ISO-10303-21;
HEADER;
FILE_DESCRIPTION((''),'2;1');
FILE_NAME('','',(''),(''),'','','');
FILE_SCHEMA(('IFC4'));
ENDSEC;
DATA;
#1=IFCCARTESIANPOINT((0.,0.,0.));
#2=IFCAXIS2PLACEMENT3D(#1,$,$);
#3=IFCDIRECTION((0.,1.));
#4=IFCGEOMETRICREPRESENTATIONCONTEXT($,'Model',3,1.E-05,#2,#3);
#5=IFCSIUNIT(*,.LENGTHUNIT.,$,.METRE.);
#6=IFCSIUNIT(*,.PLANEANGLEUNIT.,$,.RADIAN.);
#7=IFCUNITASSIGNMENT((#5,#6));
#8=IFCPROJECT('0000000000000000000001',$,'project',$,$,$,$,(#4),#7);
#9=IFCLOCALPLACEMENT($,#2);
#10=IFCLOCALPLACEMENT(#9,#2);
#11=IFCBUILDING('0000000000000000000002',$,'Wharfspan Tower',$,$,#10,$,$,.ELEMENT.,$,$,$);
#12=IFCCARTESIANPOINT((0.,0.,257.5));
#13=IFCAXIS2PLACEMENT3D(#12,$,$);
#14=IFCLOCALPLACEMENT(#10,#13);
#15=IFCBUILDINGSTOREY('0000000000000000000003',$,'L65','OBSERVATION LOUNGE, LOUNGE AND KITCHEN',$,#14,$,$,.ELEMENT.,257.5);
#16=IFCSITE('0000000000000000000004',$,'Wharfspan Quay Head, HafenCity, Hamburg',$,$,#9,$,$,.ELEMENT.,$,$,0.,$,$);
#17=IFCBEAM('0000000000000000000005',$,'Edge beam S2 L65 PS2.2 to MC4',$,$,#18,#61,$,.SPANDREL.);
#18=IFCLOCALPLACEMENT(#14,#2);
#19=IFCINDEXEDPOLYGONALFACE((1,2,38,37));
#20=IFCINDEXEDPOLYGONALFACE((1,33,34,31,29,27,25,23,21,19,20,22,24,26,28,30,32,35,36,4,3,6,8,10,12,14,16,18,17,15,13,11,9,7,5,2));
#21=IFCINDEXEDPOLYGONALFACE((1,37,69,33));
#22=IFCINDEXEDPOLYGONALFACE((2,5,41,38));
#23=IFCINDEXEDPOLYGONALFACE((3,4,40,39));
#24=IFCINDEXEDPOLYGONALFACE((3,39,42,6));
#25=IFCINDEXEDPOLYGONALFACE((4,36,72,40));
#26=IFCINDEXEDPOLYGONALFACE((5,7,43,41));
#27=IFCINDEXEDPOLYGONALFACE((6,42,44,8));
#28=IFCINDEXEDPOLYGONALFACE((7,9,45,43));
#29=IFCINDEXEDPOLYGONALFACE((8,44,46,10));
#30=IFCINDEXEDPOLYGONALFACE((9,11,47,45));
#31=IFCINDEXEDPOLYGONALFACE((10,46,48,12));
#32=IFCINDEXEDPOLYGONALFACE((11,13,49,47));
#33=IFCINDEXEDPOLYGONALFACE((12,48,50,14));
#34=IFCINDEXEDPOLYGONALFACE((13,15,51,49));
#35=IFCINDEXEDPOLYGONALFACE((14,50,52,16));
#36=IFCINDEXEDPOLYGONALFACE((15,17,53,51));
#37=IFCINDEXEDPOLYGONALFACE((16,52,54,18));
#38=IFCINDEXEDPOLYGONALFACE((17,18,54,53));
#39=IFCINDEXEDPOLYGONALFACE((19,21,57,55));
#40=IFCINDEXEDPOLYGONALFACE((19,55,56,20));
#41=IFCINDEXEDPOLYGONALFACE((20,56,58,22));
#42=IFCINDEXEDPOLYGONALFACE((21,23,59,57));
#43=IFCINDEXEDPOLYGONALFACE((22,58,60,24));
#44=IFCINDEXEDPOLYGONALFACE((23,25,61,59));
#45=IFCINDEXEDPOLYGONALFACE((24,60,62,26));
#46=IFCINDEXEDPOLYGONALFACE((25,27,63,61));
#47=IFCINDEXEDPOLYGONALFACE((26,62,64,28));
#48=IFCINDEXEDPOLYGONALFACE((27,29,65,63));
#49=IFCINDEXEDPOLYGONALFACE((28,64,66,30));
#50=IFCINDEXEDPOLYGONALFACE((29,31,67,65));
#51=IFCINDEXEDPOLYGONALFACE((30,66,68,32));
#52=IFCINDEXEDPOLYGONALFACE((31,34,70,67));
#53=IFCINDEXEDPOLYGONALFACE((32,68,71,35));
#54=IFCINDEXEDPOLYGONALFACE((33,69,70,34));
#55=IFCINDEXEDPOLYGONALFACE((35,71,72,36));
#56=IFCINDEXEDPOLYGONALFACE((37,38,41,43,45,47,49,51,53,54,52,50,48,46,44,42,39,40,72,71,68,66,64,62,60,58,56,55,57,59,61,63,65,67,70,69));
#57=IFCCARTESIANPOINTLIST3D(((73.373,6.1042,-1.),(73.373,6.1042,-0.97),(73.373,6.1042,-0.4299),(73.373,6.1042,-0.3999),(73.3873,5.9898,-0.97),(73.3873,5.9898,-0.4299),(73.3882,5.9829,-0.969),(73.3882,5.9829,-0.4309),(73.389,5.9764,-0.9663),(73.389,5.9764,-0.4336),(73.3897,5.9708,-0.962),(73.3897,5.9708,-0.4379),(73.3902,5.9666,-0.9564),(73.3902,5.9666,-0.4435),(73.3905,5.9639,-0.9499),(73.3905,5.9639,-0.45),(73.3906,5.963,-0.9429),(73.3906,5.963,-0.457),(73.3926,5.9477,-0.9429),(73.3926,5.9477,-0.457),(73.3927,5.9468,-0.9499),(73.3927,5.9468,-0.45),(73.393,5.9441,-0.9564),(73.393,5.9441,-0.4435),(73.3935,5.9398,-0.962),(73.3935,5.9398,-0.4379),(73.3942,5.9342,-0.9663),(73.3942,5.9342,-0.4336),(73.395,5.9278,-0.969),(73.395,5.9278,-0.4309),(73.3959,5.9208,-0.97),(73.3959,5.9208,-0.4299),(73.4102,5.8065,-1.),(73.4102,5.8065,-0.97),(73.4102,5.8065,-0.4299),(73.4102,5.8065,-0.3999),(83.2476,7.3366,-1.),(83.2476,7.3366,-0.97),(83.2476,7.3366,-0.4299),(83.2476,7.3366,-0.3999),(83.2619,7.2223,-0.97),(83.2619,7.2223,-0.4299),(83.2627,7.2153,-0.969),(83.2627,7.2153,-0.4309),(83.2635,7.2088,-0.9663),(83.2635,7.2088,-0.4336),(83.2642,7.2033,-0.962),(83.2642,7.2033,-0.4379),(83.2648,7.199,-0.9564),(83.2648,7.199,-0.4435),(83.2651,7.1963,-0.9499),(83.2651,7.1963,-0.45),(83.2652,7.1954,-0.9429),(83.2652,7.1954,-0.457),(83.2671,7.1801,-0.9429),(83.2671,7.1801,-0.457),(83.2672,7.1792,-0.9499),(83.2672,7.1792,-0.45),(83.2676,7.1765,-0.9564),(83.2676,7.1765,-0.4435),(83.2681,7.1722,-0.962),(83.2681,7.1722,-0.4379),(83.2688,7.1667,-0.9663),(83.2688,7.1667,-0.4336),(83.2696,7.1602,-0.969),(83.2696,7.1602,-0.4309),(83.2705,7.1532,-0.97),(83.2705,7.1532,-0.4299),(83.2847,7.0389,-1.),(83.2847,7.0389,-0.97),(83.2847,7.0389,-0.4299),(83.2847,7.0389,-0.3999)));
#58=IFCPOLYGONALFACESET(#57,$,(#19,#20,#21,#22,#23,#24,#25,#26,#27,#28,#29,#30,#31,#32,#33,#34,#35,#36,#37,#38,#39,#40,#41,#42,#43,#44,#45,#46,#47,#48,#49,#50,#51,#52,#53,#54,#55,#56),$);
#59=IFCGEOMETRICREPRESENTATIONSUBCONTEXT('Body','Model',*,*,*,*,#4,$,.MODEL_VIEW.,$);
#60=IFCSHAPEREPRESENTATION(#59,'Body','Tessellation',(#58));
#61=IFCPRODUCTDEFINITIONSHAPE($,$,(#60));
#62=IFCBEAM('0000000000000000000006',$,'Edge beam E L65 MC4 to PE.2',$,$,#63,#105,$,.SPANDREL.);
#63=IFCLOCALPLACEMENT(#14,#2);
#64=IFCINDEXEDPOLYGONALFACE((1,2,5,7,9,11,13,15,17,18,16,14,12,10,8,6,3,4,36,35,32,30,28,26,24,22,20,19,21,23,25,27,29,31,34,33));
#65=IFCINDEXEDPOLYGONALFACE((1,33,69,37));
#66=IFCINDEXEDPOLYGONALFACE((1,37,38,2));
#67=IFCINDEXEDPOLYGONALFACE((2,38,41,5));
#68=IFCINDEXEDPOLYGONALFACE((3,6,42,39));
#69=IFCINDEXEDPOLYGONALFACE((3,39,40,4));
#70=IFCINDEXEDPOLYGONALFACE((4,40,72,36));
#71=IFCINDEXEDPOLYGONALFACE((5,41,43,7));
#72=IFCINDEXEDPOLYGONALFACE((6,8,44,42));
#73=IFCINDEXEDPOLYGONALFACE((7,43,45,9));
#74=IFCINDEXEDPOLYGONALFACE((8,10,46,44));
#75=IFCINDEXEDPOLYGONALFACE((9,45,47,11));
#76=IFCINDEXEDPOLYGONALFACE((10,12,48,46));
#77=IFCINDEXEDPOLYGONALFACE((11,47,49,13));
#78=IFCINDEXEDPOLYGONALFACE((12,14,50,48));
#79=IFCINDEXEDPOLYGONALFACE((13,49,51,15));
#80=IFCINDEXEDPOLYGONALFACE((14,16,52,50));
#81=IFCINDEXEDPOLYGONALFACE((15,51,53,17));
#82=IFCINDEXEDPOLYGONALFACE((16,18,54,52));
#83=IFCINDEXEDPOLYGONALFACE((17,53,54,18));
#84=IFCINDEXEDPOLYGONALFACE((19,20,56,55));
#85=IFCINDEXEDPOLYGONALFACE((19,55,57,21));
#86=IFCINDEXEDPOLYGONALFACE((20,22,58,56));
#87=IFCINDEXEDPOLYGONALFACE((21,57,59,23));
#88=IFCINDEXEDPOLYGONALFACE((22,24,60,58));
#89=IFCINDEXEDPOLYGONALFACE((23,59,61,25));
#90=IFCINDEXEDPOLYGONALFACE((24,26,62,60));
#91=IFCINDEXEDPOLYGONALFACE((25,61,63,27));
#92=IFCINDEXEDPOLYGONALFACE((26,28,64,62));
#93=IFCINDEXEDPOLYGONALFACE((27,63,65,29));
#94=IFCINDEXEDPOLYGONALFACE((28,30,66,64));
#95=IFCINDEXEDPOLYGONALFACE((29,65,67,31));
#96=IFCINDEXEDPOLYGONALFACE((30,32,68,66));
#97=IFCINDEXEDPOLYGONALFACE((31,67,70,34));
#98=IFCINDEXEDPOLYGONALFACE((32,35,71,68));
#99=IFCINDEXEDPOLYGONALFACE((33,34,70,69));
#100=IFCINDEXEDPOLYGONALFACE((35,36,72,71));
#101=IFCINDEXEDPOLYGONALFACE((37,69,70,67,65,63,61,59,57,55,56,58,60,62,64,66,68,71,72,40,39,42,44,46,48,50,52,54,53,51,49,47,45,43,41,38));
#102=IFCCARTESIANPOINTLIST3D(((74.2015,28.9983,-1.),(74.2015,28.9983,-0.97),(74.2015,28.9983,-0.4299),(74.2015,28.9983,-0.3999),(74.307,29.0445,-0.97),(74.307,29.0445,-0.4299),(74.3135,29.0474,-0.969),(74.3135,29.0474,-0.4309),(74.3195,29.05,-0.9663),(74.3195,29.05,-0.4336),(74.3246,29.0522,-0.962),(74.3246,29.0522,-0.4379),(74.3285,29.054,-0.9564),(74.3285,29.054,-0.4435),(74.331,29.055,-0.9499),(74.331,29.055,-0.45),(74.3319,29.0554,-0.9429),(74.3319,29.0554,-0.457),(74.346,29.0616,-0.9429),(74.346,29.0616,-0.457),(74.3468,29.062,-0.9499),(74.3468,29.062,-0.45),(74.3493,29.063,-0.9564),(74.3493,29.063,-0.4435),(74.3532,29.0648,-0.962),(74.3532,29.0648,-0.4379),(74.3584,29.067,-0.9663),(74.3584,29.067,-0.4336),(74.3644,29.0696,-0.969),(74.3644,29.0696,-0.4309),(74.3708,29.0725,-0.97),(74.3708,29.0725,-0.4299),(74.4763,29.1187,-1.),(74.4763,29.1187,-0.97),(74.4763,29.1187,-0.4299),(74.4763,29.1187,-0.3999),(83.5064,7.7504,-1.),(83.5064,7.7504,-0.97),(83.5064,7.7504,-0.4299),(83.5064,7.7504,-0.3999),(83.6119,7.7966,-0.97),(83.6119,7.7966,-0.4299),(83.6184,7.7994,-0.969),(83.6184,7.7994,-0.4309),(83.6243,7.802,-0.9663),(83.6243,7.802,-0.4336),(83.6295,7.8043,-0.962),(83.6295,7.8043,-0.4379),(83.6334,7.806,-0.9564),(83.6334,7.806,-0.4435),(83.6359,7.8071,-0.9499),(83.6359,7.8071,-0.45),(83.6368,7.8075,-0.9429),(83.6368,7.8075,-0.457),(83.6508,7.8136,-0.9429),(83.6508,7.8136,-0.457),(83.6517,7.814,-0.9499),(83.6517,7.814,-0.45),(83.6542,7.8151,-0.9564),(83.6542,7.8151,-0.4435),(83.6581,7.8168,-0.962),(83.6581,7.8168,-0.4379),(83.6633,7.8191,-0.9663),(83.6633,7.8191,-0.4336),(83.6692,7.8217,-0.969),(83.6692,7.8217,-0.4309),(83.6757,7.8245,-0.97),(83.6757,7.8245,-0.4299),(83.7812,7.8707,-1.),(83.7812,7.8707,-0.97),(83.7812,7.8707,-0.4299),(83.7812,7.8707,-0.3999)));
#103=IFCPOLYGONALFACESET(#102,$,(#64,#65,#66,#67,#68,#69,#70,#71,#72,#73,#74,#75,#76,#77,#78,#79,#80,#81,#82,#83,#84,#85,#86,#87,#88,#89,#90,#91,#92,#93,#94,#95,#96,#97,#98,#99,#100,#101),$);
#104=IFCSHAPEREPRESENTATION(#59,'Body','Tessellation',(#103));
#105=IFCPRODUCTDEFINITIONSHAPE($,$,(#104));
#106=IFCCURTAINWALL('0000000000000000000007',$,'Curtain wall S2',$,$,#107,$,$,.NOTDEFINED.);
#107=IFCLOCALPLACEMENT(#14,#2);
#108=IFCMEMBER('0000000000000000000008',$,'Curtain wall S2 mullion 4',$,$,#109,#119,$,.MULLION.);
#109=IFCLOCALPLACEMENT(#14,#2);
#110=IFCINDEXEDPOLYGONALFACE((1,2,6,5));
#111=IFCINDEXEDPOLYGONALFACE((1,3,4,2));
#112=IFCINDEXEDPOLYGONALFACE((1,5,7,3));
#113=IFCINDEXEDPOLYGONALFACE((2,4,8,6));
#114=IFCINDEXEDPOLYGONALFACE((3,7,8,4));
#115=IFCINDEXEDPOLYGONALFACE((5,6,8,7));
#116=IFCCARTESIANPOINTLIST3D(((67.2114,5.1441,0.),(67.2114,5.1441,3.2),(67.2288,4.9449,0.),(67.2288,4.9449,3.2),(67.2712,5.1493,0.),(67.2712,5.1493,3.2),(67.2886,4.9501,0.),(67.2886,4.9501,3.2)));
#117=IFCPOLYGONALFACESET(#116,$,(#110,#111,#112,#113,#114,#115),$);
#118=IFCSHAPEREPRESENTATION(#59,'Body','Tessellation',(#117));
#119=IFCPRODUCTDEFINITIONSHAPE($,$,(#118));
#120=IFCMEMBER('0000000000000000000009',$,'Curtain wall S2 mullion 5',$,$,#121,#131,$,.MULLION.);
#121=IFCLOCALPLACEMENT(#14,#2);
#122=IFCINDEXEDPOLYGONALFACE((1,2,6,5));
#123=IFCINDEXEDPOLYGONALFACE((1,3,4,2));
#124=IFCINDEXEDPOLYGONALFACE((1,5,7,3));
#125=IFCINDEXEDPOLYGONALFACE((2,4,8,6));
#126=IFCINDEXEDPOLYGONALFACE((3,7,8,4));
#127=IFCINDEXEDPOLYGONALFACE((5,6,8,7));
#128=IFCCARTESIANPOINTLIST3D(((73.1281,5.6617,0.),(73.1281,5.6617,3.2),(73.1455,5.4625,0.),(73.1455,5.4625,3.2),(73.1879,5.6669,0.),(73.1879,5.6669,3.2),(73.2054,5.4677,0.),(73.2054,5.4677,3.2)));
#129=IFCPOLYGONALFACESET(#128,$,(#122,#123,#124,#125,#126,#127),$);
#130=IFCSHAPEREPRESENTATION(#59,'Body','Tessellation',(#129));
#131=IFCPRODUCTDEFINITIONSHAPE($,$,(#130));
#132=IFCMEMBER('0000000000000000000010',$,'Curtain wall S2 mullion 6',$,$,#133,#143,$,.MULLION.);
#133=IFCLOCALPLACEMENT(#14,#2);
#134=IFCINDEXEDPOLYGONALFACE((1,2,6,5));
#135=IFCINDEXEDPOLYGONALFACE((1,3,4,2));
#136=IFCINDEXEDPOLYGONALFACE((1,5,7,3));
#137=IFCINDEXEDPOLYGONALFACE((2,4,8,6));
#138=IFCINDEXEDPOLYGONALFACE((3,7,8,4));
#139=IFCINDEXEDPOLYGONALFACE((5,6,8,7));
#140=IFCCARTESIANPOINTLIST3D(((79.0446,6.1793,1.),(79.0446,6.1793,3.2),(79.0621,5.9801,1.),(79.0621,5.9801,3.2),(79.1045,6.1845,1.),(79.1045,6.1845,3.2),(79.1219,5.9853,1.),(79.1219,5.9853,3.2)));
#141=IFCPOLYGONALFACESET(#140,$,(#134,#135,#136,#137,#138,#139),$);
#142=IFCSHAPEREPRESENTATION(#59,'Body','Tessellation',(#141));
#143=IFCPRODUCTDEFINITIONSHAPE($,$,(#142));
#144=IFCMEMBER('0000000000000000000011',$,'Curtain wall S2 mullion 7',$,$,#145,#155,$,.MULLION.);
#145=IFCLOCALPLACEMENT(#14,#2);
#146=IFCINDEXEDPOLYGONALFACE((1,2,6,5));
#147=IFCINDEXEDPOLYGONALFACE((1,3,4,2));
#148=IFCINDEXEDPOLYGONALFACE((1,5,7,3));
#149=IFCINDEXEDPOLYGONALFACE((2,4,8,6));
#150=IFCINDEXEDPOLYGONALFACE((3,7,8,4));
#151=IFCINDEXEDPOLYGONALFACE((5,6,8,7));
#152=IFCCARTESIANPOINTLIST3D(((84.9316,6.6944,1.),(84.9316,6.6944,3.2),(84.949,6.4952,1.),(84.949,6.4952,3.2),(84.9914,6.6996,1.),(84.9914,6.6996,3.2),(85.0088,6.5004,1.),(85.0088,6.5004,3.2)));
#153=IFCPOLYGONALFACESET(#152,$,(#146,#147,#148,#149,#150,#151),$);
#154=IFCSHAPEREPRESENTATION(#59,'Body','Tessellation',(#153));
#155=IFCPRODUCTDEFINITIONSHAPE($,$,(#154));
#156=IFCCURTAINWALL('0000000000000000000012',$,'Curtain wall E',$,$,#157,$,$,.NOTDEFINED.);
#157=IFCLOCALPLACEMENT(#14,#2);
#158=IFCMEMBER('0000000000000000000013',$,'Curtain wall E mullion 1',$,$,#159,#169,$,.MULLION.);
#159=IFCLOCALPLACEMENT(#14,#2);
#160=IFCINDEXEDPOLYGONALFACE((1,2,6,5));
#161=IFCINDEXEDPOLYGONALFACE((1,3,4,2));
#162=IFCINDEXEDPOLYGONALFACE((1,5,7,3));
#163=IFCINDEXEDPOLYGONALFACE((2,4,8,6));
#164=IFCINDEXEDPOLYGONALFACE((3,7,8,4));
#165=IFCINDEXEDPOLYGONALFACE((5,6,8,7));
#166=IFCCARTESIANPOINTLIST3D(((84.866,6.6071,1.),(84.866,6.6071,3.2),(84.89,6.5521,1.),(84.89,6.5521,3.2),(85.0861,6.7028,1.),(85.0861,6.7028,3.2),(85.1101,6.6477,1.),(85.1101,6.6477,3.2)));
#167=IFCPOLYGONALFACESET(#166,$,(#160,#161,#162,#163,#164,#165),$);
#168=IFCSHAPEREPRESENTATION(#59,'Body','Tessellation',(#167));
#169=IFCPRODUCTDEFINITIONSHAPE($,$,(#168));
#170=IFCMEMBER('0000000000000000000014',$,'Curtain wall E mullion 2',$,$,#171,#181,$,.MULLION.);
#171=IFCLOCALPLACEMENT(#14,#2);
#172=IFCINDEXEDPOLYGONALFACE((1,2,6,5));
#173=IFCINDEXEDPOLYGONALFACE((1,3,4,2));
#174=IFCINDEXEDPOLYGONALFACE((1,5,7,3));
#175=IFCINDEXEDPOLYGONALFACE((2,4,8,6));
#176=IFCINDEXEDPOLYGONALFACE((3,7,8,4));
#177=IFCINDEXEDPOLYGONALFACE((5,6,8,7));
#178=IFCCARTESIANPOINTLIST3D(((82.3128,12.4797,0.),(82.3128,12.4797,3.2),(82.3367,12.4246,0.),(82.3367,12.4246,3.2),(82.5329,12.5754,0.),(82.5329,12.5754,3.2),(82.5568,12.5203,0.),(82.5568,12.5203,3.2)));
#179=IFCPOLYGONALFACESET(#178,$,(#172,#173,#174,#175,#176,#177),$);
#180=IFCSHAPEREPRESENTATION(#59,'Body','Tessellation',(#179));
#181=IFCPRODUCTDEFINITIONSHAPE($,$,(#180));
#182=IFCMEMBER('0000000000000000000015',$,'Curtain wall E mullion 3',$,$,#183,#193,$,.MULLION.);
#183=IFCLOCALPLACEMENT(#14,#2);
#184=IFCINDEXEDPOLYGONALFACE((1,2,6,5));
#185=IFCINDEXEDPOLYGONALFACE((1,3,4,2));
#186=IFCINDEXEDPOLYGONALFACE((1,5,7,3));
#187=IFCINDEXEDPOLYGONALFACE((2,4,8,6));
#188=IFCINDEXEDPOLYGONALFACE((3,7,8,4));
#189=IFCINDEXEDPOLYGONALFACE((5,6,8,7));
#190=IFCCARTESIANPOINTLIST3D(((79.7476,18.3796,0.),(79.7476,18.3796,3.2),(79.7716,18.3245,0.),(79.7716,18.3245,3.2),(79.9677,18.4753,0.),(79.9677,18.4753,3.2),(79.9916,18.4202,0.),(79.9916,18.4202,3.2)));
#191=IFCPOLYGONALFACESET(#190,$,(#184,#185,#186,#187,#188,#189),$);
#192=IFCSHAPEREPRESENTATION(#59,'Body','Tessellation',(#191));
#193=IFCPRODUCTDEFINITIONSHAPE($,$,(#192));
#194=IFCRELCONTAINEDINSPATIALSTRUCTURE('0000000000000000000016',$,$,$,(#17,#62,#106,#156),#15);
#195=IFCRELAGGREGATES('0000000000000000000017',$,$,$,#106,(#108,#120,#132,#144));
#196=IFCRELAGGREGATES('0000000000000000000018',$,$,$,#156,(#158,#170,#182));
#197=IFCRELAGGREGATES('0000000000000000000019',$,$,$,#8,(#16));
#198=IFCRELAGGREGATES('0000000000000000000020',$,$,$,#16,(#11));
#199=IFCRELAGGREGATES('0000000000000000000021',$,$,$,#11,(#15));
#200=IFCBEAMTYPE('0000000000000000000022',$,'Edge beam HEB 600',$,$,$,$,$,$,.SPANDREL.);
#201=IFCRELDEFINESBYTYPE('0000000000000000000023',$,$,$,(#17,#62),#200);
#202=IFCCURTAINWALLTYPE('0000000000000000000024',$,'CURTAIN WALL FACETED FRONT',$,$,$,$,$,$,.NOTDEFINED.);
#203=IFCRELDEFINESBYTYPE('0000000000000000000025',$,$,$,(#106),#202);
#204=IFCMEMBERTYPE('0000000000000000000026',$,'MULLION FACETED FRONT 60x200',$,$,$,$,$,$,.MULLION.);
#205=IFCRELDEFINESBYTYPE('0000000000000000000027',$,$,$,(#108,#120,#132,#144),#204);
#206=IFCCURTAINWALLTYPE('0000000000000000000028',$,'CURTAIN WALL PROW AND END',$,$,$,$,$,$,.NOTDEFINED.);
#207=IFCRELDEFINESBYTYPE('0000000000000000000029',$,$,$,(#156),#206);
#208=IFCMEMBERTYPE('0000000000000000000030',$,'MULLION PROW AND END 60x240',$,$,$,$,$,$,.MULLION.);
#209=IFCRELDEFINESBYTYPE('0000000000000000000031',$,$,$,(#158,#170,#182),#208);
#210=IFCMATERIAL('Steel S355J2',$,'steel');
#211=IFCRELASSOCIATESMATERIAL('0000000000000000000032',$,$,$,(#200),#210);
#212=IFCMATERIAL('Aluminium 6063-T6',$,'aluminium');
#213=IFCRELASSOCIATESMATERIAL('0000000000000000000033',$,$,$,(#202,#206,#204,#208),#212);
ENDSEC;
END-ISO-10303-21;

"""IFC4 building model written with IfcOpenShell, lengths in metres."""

from ifc_helpers import new_model, si_unit, direction, frame, origin, origin_2d, place, context, subcontext, project, spatial, rectangle, i_section, extrude, material, material_profile, profile_set, type_object, element, aggregate, save


model = new_model("IFC4")

# Units and contexts
model_context = context("Model", 3, precision=1e-05, world=origin(), true_north=direction((0.0, 1.0)))
body_context = subcontext(model_context, "Body", "Model", "MODEL_VIEW")
ifc_project = project(units=[si_unit("LENGTHUNIT", "METRE"), si_unit("PLANEANGLEUNIT", "RADIAN")], contexts=[model_context])

# Site, building, storey
site_placement = place(None, origin())
site = spatial("IfcSite", under=ifc_project, at=site_placement, Name="Wharfspan Quay Head, HafenCity, Hamburg", CompositionType="ELEMENT", RefElevation=0.0)
building_placement = place(site_placement, origin())
building = spatial("IfcBuilding", under=site, at=building_placement, Name="Wharfspan Tower", CompositionType="ELEMENT")
storey_placement = place(building_placement, frame((0.0, 0.0, 257.5)))
storey = spatial("IfcBuildingStorey", under=building, at=storey_placement, Name="L65", Description="OBSERVATION LOUNGE, LOUNGE AND KITCHEN", CompositionType="ELEMENT", Elevation=257.5)

# Shared definitions
ifc_material_1 = material(Name="Steel S355J2", Category="steel")

# Beams
ifc_material_profile_1 = material_profile(ifc_material_1, i_section(OverallWidth=0.3, OverallDepth=0.6001, WebThickness=0.0154, FlangeThickness=0.03, FilletRadius=0.0271, at=origin_2d()))
ifc_profile_set_1 = profile_set([ifc_material_profile_1], Name="Steel S355J2")
beam_type = type_object("IfcBeamType", Name="Edge beam HEB 600", PredefinedType="SPANDREL", material=ifc_profile_set_1)
beam_1_placement = place(storey_placement, frame((73.3916, 5.9553, -0.7), z_axis=(0.992301, 0.123848, 0.0), x_axis=(-0.123848, 0.992301, 0.0)))
element("IfcBeam", 1, at=beam_1_placement, inside=storey, type_object=beam_type, Name="Edge beam S2 L65 PS2.2 to MC4", PredefinedType="SPANDREL", context=body_context, shape_type="SweptSolid", body=[
    extrude(i_section(OverallWidth=0.3, OverallDepth=0.6001, WebThickness=0.0154, FlangeThickness=0.03, FilletRadius=0.0271, at=origin_2d()), origin(), (0.0, 0.0, 1.0), 9.9512),
])
beam_2_placement = place(storey_placement, frame((83.6438, 7.8105, -0.7), z_axis=(-0.401141, 0.916016, 0.0), x_axis=(-0.916016, -0.401141, 0.0)))
element("IfcBeam", 2, at=beam_2_placement, inside=storey, type_object=beam_type, Name="Edge beam E L65 MC4 to PE.2", PredefinedType="SPANDREL", context=body_context, shape_type="SweptSolid", body=[
    extrude(i_section(OverallWidth=0.3, OverallDepth=0.6001, WebThickness=0.0154, FlangeThickness=0.03, FilletRadius=0.0271, at=origin_2d()), origin(), (0.0, 0.0, 1.0), 23.196),
])

# Curtain walls, members
ifc_material_2 = material(Name="Aluminium 6063-T6", Category="aluminium")
curtain_wall_type_1 = type_object("IfcCurtainWallType", Name="CURTAIN WALL FACETED FRONT", PredefinedType="NOTDEFINED", material=ifc_material_2)
curtain_wall_1_placement = place(storey_placement, origin())
curtain_wall_1 = element("IfcCurtainWall", 3, at=curtain_wall_1_placement, inside=storey, type_object=curtain_wall_type_1, Name="Curtain wall S2", PredefinedType="NOTDEFINED")
ifc_material_profile_2 = material_profile(ifc_material_2, rectangle(XDim=0.2, YDim=0.0601, at=origin_2d()))
ifc_profile_set_2 = profile_set([ifc_material_profile_2], Name="Aluminium 6063-T6")
member_type_1 = type_object("IfcMemberType", Name="MULLION FACETED FRONT 60x200", PredefinedType="MULLION", material=ifc_profile_set_2)
member_1_placement = place(storey_placement, frame((67.25, 5.0471, 0.0), z_axis=(0.0, 0.0, 1.0), x_axis=(-0.087156, 0.996197, 0.0)))
member_1 = element("IfcMember", 4, at=member_1_placement, type_object=member_type_1, Name="Curtain wall S2 mullion 4", PredefinedType="MULLION", context=body_context, shape_type="SweptSolid", body=[
    extrude(rectangle(XDim=0.2, YDim=0.0601, at=origin_2d()), origin(), (0.0, 0.0, 1.0), 3.2),
])
member_2_placement = place(storey_placement, frame((73.1667, 5.5647, 0.0), z_axis=(0.0, 0.0, 1.0), x_axis=(-0.087156, 0.996197, 0.0)))
member_2 = element("IfcMember", 5, at=member_2_placement, type_object=member_type_1, Name="Curtain wall S2 mullion 5", PredefinedType="MULLION", context=body_context, shape_type="SweptSolid", body=[
    extrude(rectangle(XDim=0.2, YDim=0.0601, at=origin_2d()), origin(), (0.0, 0.0, 1.0), 3.2),
])
member_3_placement = place(storey_placement, frame((79.0833, 6.0823, 1.0), z_axis=(0.0, 0.0, 1.0), x_axis=(-0.087156, 0.996197, 0.0)))
member_3 = element("IfcMember", 6, at=member_3_placement, type_object=member_type_1, Name="Curtain wall S2 mullion 6", PredefinedType="MULLION", context=body_context, shape_type="SweptSolid", body=[
    extrude(rectangle(XDim=0.2, YDim=0.0601, at=origin_2d()), origin(), (0.0, 0.0, 1.0), 2.2),
])
member_4_placement = place(storey_placement, frame((84.9702, 6.5974, 1.0), z_axis=(0.0, 0.0, 1.0), x_axis=(-0.087156, 0.996197, 0.0)))
member_4 = element("IfcMember", 7, at=member_4_placement, type_object=member_type_1, Name="Curtain wall S2 mullion 7", PredefinedType="MULLION", context=body_context, shape_type="SweptSolid", body=[
    extrude(rectangle(XDim=0.2, YDim=0.0601, at=origin_2d()), origin(), (0.0, 0.0, 1.0), 2.2),
])
curtain_wall_type_2 = type_object("IfcCurtainWallType", Name="CURTAIN WALL PROW AND END", PredefinedType="NOTDEFINED", material=ifc_material_2)
curtain_wall_2_placement = place(storey_placement, origin())
curtain_wall_2 = element("IfcCurtainWall", 8, at=curtain_wall_2_placement, inside=storey, type_object=curtain_wall_type_2, Name="Curtain wall E", PredefinedType="NOTDEFINED")
ifc_material_profile_3 = material_profile(ifc_material_2, rectangle(XDim=0.24, YDim=0.0601, at=origin_2d()))
ifc_profile_set_3 = profile_set([ifc_material_profile_3], Name="Aluminium 6063-T6")
member_type_2 = type_object("IfcMemberType", Name="MULLION PROW AND END 60x240", PredefinedType="MULLION", material=ifc_profile_set_3)
member_5_placement = place(storey_placement, frame((84.988, 6.6274, 1.0), z_axis=(0.0, 0.0, 1.0), x_axis=(-0.917072, -0.398727, 0.0)))
member_5 = element("IfcMember", 9, at=member_5_placement, type_object=member_type_2, Name="Curtain wall E mullion 1", PredefinedType="MULLION", context=body_context, shape_type="SweptSolid", body=[
    extrude(rectangle(XDim=0.24, YDim=0.0601, at=origin_2d()), origin(), (0.0, 0.0, 1.0), 2.2),
])
member_6_placement = place(storey_placement, frame((82.4348, 12.5, 0.0), z_axis=(0.0, 0.0, 1.0), x_axis=(-0.917072, -0.398727, 0.0)))
member_6 = element("IfcMember", 10, at=member_6_placement, type_object=member_type_2, Name="Curtain wall E mullion 2", PredefinedType="MULLION", context=body_context, shape_type="SweptSolid", body=[
    extrude(rectangle(XDim=0.24, YDim=0.0601, at=origin_2d()), origin(), (0.0, 0.0, 1.0), 3.2),
])
member_7_placement = place(storey_placement, frame((79.8696, 18.3999, 0.0), z_axis=(0.0, 0.0, 1.0), x_axis=(-0.917072, -0.398727, 0.0)))
member_7 = element("IfcMember", 11, at=member_7_placement, type_object=member_type_2, Name="Curtain wall E mullion 3", PredefinedType="MULLION", context=body_context, shape_type="SweptSolid", body=[
    extrude(rectangle(XDim=0.24, YDim=0.0601, at=origin_2d()), origin(), (0.0, 0.0, 1.0), 3.2),
])

aggregate(curtain_wall_1, [member_1, member_2, member_3, member_4])
aggregate(curtain_wall_2, [member_5, member_6, member_7])

save(model, "model.ifc")
